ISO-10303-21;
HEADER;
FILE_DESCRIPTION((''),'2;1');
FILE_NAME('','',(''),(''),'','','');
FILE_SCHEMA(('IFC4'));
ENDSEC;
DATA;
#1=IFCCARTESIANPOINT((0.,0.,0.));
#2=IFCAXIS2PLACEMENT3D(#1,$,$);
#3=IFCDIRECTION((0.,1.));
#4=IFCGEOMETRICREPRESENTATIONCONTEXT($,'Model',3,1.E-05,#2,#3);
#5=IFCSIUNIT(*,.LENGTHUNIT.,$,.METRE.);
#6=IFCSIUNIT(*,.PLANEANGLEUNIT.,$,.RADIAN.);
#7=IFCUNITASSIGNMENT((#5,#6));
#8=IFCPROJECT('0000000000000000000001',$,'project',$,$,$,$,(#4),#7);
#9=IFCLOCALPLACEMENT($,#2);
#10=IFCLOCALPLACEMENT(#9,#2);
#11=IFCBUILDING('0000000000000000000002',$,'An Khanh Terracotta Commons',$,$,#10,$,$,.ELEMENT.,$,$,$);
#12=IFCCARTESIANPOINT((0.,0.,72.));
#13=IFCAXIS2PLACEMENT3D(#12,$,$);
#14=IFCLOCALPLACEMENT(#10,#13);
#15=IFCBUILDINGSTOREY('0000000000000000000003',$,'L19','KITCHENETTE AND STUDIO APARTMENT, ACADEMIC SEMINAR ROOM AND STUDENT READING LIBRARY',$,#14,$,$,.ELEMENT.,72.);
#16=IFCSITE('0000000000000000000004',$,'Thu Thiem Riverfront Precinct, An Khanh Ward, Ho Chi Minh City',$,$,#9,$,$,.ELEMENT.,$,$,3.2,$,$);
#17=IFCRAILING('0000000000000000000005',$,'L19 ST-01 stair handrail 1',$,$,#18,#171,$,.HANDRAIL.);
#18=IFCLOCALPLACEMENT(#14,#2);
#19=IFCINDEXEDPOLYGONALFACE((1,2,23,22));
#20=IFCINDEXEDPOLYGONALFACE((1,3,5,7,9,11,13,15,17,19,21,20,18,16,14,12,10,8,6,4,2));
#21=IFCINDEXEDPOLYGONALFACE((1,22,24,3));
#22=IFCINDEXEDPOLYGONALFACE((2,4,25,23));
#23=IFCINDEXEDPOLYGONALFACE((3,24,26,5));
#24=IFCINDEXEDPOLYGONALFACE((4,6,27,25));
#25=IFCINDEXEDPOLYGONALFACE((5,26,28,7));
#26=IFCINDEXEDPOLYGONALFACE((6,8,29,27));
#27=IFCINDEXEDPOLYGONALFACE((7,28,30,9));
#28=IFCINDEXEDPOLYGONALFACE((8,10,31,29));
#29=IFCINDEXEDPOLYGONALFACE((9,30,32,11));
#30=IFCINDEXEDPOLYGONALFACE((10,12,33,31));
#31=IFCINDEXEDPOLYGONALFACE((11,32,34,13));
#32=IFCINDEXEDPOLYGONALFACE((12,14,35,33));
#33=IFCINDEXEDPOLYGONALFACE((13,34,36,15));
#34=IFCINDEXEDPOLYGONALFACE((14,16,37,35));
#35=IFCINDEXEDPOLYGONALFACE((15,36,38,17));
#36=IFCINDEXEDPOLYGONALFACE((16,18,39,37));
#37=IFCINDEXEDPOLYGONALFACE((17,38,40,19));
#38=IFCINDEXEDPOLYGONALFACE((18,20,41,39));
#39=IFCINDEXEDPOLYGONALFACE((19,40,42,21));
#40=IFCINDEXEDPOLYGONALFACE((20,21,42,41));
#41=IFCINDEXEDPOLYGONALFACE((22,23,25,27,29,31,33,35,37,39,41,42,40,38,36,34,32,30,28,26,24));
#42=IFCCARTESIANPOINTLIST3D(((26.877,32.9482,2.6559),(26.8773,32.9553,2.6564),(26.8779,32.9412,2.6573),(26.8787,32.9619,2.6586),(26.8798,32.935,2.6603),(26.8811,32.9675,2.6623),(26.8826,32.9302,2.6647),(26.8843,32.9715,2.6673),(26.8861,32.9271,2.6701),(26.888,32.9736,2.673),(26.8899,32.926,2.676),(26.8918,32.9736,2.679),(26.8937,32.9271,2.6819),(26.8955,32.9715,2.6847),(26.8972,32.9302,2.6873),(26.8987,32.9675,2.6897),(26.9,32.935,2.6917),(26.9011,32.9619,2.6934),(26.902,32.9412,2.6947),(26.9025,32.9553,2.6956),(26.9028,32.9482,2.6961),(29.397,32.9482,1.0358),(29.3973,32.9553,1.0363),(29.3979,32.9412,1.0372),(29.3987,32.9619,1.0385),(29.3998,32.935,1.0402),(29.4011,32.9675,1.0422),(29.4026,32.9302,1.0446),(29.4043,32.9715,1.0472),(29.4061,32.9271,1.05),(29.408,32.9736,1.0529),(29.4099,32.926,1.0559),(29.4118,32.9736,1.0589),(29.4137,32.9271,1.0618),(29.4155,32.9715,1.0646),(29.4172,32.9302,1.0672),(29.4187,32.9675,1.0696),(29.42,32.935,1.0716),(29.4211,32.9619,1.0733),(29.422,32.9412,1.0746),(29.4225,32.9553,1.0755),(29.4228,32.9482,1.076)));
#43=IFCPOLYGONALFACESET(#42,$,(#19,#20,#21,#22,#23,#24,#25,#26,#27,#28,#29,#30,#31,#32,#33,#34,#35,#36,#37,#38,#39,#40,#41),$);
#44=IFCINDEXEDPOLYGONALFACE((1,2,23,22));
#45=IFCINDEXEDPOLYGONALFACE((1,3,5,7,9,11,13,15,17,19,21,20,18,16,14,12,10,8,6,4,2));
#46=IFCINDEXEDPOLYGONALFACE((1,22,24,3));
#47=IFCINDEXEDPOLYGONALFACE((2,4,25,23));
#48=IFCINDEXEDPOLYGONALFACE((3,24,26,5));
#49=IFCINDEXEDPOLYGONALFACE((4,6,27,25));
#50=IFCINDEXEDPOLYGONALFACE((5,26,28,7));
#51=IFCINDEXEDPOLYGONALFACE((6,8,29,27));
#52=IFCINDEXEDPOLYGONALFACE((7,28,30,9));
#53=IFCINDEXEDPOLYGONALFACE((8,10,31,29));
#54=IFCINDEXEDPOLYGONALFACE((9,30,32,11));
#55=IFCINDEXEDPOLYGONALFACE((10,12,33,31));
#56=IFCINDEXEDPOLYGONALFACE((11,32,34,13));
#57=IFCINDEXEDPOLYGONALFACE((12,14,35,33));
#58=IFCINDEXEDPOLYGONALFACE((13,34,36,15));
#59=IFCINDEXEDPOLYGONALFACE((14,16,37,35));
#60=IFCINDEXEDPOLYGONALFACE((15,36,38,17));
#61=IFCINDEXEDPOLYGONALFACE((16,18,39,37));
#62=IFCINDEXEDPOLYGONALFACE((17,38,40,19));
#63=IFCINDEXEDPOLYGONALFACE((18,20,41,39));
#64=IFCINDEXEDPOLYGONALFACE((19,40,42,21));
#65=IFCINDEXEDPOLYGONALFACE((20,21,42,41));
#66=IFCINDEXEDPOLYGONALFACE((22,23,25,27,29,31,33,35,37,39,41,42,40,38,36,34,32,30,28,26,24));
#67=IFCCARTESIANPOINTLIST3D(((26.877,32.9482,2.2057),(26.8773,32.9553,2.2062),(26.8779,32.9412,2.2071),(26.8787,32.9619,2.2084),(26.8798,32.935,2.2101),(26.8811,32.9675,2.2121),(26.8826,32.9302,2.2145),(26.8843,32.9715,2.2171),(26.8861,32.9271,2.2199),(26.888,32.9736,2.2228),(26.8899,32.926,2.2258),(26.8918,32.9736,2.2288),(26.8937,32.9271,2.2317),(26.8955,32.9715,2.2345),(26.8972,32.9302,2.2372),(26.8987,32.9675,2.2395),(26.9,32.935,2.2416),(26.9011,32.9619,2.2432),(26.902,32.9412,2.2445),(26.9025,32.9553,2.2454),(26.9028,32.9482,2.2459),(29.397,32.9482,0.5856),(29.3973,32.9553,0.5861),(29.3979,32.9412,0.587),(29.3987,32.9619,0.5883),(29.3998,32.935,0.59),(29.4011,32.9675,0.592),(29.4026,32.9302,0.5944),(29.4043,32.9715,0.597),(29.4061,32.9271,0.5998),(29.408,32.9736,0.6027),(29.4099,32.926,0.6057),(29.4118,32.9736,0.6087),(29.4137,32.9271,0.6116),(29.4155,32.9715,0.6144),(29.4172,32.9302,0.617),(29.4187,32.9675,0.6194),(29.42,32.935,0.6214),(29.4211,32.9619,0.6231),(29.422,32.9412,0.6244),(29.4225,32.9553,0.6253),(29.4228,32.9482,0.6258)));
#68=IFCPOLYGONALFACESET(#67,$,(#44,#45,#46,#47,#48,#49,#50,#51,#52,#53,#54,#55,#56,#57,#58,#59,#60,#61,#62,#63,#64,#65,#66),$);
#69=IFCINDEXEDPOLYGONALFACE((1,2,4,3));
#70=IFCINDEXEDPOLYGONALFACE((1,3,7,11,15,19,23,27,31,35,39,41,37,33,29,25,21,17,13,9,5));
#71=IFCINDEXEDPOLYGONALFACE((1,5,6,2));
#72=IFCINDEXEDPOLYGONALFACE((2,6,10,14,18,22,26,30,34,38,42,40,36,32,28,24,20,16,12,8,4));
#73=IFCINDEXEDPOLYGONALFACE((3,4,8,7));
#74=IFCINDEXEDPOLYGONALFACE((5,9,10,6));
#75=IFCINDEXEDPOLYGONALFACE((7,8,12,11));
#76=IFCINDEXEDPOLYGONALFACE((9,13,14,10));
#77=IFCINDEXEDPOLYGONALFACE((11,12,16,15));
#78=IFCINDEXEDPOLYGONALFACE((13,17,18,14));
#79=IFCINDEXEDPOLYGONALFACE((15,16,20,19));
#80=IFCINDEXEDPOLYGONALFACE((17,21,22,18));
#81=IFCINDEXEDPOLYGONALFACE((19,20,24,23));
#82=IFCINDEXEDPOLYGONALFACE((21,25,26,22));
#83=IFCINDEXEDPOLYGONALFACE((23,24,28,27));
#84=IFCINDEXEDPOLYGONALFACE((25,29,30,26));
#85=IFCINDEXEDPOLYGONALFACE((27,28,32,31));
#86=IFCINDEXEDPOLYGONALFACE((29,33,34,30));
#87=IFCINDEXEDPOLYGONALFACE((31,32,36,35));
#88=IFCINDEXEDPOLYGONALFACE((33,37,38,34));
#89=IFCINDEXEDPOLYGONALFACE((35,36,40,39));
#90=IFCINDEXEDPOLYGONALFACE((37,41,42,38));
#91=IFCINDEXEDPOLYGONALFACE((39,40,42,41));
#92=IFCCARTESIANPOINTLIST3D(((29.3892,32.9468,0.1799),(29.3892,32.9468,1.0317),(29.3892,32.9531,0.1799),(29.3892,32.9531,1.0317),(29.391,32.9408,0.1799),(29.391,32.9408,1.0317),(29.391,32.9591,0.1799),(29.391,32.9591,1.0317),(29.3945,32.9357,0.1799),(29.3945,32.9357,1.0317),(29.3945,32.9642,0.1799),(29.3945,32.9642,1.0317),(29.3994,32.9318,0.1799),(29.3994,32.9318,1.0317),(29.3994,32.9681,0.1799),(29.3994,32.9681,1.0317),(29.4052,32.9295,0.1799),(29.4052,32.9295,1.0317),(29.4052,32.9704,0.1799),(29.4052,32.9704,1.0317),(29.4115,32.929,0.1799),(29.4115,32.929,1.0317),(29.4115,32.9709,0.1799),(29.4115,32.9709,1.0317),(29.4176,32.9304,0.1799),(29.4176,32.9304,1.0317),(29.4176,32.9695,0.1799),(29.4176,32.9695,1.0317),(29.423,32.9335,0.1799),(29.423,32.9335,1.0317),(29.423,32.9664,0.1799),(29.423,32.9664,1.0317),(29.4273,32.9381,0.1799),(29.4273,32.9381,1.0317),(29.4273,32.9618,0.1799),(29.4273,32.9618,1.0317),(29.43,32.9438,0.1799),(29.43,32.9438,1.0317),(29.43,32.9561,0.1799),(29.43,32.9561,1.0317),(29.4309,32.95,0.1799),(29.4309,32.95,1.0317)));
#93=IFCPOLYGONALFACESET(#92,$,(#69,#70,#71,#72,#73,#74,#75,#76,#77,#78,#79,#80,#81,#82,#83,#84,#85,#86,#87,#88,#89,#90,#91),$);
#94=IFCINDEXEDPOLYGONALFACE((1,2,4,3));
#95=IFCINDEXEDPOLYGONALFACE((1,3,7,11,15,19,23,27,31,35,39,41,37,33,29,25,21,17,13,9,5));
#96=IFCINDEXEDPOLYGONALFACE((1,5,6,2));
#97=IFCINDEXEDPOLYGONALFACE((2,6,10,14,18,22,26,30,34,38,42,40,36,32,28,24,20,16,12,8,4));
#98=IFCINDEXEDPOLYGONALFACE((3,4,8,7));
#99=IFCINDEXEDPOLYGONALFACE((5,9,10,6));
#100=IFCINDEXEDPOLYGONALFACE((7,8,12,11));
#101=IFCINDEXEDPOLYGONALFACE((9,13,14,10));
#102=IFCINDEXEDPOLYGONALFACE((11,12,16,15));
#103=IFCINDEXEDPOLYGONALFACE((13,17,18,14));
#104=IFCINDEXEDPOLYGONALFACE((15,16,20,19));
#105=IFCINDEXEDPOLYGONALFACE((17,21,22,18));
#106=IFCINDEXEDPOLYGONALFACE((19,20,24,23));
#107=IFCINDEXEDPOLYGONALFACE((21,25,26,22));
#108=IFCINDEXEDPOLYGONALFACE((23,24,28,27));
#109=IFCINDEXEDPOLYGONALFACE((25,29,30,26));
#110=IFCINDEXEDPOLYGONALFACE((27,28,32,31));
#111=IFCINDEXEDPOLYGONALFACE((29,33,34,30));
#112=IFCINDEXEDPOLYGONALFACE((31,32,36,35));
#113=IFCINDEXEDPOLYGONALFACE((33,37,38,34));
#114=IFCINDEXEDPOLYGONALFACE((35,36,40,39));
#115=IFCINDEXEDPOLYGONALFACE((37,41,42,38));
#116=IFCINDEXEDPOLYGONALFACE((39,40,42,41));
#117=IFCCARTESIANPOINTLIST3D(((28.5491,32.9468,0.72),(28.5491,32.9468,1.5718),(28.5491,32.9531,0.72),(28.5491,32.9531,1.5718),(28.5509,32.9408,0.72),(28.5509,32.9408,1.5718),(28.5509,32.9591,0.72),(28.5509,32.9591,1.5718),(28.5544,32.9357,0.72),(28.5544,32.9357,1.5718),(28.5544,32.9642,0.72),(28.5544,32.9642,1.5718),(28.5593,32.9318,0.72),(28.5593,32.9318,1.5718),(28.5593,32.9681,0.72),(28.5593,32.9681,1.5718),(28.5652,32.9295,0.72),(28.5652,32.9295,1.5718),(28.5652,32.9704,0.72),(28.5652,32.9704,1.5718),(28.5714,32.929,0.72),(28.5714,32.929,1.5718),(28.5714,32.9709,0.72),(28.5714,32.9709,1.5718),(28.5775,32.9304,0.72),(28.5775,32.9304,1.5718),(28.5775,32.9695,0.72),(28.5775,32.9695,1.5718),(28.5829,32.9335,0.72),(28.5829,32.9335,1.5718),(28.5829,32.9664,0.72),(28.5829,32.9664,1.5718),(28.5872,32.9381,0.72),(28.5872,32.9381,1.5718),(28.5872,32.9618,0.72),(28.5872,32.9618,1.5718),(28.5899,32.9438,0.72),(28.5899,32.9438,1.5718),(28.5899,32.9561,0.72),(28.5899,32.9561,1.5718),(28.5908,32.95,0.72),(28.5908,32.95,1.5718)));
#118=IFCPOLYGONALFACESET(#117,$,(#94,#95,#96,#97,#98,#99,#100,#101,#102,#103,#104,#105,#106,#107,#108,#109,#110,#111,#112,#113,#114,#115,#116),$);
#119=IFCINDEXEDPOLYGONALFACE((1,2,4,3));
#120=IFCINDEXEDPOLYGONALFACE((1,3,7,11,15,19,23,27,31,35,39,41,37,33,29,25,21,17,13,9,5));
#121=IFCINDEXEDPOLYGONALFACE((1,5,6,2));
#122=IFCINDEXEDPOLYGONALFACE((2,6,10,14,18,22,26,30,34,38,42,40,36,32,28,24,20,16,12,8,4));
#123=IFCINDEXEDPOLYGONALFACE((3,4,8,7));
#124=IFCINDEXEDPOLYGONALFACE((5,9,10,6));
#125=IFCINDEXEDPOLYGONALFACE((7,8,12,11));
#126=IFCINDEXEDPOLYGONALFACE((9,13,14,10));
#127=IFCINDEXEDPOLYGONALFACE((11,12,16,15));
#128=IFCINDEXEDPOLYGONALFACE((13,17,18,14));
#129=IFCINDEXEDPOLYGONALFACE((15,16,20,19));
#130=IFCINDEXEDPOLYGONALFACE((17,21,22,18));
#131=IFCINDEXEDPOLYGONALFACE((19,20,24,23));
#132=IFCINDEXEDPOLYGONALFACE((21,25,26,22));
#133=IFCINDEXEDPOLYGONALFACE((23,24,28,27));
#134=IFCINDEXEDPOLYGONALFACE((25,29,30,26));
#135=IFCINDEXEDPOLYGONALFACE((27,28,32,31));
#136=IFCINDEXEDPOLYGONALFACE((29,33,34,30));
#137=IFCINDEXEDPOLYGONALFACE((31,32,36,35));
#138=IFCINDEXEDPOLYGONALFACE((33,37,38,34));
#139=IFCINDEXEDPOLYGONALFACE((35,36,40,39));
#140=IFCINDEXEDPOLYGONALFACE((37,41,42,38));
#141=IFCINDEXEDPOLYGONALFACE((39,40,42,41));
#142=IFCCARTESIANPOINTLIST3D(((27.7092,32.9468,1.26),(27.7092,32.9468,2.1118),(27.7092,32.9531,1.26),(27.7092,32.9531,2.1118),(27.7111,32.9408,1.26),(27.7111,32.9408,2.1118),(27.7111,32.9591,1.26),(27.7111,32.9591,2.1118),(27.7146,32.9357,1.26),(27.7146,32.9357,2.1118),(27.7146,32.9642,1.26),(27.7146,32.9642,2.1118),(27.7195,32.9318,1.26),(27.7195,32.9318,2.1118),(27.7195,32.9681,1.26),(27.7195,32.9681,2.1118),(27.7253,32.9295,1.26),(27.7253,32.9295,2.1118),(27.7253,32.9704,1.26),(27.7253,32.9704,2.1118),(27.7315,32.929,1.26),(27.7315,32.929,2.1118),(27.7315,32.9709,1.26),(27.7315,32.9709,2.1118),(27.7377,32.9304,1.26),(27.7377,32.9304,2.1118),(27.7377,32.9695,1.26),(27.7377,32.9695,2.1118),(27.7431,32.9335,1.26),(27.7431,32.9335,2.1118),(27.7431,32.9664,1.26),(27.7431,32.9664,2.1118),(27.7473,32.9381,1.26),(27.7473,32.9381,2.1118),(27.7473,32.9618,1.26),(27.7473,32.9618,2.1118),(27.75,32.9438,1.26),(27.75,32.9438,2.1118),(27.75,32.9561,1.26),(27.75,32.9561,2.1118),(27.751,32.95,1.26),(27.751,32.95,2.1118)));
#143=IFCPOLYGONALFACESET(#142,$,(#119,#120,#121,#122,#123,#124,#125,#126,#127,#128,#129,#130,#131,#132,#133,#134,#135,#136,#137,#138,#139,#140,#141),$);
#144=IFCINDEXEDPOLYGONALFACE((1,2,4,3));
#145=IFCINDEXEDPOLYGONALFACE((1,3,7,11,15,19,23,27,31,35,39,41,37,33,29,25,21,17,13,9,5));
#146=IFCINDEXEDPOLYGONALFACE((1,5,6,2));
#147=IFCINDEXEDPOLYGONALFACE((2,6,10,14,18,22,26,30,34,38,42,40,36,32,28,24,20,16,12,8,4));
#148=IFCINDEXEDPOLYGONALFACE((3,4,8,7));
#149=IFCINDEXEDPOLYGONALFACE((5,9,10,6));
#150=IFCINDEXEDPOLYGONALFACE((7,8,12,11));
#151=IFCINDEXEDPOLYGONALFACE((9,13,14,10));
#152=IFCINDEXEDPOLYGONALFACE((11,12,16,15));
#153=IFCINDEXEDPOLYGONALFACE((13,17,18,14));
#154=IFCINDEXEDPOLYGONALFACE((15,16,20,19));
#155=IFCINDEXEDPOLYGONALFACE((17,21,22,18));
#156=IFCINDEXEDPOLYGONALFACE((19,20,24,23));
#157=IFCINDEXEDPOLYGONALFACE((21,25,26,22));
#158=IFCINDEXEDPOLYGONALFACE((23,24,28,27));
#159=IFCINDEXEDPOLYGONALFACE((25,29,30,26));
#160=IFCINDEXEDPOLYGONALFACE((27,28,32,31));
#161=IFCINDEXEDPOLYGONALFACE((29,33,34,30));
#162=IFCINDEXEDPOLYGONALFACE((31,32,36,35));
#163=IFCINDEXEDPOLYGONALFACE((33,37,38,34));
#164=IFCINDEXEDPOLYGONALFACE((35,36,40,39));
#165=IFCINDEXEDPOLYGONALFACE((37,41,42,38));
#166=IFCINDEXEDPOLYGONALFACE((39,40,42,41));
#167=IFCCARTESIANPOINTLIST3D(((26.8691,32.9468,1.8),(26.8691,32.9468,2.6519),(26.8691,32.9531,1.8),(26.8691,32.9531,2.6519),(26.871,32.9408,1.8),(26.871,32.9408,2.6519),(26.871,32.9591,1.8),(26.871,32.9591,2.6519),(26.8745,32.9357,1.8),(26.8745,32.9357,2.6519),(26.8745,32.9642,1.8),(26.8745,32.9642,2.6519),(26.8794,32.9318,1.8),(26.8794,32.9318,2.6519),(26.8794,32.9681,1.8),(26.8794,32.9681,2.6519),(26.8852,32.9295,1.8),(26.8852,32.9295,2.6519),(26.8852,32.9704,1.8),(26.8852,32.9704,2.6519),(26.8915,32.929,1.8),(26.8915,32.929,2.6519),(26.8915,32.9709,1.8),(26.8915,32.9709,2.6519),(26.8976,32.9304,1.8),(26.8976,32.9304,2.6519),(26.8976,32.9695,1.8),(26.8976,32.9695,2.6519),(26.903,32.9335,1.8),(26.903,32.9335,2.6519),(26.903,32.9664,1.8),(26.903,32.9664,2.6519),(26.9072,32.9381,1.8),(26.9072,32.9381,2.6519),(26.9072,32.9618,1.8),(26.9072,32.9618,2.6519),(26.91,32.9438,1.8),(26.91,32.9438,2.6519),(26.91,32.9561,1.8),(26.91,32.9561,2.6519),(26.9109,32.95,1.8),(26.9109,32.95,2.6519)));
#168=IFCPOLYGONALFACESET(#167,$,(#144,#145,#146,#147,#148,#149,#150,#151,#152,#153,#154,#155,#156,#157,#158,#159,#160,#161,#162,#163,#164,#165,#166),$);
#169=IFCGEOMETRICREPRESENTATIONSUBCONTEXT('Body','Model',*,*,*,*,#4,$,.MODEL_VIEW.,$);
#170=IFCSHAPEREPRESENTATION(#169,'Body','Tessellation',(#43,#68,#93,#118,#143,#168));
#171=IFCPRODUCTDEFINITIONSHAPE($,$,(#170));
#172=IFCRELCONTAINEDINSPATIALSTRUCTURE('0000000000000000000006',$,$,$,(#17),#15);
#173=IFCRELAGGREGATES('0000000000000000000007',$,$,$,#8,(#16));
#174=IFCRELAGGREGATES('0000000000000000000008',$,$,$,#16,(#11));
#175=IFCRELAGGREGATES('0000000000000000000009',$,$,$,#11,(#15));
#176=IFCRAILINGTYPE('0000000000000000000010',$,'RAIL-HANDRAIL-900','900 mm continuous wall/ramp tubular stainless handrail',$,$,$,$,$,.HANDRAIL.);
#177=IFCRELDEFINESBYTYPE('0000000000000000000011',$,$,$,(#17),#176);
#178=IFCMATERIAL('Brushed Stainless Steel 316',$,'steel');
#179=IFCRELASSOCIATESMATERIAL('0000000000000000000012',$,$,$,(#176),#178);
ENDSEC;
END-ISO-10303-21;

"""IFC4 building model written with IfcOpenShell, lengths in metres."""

from ifc_helpers import new_model, si_unit, direction, frame, origin, origin_2d, place, context, subcontext, project, spatial, circle, extrude, material, type_object, element, save


model = new_model("IFC4")

# Units and contexts
model_context = context("Model", 3, precision=1e-05, world=origin(), true_north=direction((0.0, 1.0)))
body_context = subcontext(model_context, "Body", "Model", "MODEL_VIEW")
ifc_project = project(units=[si_unit("LENGTHUNIT", "METRE"), si_unit("PLANEANGLEUNIT", "RADIAN")], contexts=[model_context])

# Site, building, storey
site_placement = place(None, origin())
site = spatial("IfcSite", under=ifc_project, at=site_placement, Name="Thu Thiem Riverfront Precinct, An Khanh Ward, Ho Chi Minh City", CompositionType="ELEMENT", RefElevation=3.2)
building_placement = place(site_placement, origin())
building = spatial("IfcBuilding", under=site, at=building_placement, Name="An Khanh Terracotta Commons", CompositionType="ELEMENT")
storey_placement = place(building_placement, frame((0.0, 0.0, 72.0)))
storey = spatial("IfcBuildingStorey", under=building, at=storey_placement, Name="L19", Description="KITCHENETTE AND STUDIO APARTMENT, ACADEMIC SEMINAR ROOM AND STUDENT READING LIBRARY", CompositionType="ELEMENT", Elevation=72.0)

# Railing
ifc_material_1 = material(Name="Brushed Stainless Steel 316", Category="steel")
railing_type_1 = type_object("IfcRailingType", Name="RAIL-HANDRAIL-900", Description="900 mm continuous wall/ramp tubular stainless handrail", PredefinedType="HANDRAIL", material=ifc_material_1)
railing_1_placement = place(storey_placement, frame((29.4099, 32.95, 0.1799)))
element("IfcRailing", 1, at=railing_1_placement, inside=storey, type_object=railing_type_1, Name="L19 ST-01 stair handrail 1", PredefinedType="HANDRAIL", context=body_context, shape_type="SweptSolid", body=[
    extrude(circle(Radius=0.0239, at=origin_2d()), frame((0.0, 0.0, 0.876), z_axis=(-0.841163, 0.0, 0.540782), x_axis=(0.0, -1.0, 0.0)), (0.0, 0.0, 1.0), 2.9958),
    extrude(circle(Radius=0.0239, at=origin_2d()), frame((0.0, 0.0, 0.4258), z_axis=(-0.841163, 0.0, 0.540782), x_axis=(0.0, -1.0, 0.0)), (0.0, 0.0, 1.0), 2.9958),
    extrude(circle(Radius=0.021, at=origin_2d()), origin(), (0.0, 0.0, 1.0), 0.8518),
    extrude(circle(Radius=0.021, at=origin_2d()), frame((-0.8401, 0.0, 0.54)), (0.0, 0.0, 1.0), 0.8518),
    extrude(circle(Radius=0.021, at=origin_2d()), frame((-1.6799, 0.0, 1.0801)), (0.0, 0.0, 1.0), 0.8518),
    extrude(circle(Radius=0.021, at=origin_2d()), frame((-2.52, 0.0, 1.6201)), (0.0, 0.0, 1.0), 0.8518),
])

save(model, "model.ifc")
